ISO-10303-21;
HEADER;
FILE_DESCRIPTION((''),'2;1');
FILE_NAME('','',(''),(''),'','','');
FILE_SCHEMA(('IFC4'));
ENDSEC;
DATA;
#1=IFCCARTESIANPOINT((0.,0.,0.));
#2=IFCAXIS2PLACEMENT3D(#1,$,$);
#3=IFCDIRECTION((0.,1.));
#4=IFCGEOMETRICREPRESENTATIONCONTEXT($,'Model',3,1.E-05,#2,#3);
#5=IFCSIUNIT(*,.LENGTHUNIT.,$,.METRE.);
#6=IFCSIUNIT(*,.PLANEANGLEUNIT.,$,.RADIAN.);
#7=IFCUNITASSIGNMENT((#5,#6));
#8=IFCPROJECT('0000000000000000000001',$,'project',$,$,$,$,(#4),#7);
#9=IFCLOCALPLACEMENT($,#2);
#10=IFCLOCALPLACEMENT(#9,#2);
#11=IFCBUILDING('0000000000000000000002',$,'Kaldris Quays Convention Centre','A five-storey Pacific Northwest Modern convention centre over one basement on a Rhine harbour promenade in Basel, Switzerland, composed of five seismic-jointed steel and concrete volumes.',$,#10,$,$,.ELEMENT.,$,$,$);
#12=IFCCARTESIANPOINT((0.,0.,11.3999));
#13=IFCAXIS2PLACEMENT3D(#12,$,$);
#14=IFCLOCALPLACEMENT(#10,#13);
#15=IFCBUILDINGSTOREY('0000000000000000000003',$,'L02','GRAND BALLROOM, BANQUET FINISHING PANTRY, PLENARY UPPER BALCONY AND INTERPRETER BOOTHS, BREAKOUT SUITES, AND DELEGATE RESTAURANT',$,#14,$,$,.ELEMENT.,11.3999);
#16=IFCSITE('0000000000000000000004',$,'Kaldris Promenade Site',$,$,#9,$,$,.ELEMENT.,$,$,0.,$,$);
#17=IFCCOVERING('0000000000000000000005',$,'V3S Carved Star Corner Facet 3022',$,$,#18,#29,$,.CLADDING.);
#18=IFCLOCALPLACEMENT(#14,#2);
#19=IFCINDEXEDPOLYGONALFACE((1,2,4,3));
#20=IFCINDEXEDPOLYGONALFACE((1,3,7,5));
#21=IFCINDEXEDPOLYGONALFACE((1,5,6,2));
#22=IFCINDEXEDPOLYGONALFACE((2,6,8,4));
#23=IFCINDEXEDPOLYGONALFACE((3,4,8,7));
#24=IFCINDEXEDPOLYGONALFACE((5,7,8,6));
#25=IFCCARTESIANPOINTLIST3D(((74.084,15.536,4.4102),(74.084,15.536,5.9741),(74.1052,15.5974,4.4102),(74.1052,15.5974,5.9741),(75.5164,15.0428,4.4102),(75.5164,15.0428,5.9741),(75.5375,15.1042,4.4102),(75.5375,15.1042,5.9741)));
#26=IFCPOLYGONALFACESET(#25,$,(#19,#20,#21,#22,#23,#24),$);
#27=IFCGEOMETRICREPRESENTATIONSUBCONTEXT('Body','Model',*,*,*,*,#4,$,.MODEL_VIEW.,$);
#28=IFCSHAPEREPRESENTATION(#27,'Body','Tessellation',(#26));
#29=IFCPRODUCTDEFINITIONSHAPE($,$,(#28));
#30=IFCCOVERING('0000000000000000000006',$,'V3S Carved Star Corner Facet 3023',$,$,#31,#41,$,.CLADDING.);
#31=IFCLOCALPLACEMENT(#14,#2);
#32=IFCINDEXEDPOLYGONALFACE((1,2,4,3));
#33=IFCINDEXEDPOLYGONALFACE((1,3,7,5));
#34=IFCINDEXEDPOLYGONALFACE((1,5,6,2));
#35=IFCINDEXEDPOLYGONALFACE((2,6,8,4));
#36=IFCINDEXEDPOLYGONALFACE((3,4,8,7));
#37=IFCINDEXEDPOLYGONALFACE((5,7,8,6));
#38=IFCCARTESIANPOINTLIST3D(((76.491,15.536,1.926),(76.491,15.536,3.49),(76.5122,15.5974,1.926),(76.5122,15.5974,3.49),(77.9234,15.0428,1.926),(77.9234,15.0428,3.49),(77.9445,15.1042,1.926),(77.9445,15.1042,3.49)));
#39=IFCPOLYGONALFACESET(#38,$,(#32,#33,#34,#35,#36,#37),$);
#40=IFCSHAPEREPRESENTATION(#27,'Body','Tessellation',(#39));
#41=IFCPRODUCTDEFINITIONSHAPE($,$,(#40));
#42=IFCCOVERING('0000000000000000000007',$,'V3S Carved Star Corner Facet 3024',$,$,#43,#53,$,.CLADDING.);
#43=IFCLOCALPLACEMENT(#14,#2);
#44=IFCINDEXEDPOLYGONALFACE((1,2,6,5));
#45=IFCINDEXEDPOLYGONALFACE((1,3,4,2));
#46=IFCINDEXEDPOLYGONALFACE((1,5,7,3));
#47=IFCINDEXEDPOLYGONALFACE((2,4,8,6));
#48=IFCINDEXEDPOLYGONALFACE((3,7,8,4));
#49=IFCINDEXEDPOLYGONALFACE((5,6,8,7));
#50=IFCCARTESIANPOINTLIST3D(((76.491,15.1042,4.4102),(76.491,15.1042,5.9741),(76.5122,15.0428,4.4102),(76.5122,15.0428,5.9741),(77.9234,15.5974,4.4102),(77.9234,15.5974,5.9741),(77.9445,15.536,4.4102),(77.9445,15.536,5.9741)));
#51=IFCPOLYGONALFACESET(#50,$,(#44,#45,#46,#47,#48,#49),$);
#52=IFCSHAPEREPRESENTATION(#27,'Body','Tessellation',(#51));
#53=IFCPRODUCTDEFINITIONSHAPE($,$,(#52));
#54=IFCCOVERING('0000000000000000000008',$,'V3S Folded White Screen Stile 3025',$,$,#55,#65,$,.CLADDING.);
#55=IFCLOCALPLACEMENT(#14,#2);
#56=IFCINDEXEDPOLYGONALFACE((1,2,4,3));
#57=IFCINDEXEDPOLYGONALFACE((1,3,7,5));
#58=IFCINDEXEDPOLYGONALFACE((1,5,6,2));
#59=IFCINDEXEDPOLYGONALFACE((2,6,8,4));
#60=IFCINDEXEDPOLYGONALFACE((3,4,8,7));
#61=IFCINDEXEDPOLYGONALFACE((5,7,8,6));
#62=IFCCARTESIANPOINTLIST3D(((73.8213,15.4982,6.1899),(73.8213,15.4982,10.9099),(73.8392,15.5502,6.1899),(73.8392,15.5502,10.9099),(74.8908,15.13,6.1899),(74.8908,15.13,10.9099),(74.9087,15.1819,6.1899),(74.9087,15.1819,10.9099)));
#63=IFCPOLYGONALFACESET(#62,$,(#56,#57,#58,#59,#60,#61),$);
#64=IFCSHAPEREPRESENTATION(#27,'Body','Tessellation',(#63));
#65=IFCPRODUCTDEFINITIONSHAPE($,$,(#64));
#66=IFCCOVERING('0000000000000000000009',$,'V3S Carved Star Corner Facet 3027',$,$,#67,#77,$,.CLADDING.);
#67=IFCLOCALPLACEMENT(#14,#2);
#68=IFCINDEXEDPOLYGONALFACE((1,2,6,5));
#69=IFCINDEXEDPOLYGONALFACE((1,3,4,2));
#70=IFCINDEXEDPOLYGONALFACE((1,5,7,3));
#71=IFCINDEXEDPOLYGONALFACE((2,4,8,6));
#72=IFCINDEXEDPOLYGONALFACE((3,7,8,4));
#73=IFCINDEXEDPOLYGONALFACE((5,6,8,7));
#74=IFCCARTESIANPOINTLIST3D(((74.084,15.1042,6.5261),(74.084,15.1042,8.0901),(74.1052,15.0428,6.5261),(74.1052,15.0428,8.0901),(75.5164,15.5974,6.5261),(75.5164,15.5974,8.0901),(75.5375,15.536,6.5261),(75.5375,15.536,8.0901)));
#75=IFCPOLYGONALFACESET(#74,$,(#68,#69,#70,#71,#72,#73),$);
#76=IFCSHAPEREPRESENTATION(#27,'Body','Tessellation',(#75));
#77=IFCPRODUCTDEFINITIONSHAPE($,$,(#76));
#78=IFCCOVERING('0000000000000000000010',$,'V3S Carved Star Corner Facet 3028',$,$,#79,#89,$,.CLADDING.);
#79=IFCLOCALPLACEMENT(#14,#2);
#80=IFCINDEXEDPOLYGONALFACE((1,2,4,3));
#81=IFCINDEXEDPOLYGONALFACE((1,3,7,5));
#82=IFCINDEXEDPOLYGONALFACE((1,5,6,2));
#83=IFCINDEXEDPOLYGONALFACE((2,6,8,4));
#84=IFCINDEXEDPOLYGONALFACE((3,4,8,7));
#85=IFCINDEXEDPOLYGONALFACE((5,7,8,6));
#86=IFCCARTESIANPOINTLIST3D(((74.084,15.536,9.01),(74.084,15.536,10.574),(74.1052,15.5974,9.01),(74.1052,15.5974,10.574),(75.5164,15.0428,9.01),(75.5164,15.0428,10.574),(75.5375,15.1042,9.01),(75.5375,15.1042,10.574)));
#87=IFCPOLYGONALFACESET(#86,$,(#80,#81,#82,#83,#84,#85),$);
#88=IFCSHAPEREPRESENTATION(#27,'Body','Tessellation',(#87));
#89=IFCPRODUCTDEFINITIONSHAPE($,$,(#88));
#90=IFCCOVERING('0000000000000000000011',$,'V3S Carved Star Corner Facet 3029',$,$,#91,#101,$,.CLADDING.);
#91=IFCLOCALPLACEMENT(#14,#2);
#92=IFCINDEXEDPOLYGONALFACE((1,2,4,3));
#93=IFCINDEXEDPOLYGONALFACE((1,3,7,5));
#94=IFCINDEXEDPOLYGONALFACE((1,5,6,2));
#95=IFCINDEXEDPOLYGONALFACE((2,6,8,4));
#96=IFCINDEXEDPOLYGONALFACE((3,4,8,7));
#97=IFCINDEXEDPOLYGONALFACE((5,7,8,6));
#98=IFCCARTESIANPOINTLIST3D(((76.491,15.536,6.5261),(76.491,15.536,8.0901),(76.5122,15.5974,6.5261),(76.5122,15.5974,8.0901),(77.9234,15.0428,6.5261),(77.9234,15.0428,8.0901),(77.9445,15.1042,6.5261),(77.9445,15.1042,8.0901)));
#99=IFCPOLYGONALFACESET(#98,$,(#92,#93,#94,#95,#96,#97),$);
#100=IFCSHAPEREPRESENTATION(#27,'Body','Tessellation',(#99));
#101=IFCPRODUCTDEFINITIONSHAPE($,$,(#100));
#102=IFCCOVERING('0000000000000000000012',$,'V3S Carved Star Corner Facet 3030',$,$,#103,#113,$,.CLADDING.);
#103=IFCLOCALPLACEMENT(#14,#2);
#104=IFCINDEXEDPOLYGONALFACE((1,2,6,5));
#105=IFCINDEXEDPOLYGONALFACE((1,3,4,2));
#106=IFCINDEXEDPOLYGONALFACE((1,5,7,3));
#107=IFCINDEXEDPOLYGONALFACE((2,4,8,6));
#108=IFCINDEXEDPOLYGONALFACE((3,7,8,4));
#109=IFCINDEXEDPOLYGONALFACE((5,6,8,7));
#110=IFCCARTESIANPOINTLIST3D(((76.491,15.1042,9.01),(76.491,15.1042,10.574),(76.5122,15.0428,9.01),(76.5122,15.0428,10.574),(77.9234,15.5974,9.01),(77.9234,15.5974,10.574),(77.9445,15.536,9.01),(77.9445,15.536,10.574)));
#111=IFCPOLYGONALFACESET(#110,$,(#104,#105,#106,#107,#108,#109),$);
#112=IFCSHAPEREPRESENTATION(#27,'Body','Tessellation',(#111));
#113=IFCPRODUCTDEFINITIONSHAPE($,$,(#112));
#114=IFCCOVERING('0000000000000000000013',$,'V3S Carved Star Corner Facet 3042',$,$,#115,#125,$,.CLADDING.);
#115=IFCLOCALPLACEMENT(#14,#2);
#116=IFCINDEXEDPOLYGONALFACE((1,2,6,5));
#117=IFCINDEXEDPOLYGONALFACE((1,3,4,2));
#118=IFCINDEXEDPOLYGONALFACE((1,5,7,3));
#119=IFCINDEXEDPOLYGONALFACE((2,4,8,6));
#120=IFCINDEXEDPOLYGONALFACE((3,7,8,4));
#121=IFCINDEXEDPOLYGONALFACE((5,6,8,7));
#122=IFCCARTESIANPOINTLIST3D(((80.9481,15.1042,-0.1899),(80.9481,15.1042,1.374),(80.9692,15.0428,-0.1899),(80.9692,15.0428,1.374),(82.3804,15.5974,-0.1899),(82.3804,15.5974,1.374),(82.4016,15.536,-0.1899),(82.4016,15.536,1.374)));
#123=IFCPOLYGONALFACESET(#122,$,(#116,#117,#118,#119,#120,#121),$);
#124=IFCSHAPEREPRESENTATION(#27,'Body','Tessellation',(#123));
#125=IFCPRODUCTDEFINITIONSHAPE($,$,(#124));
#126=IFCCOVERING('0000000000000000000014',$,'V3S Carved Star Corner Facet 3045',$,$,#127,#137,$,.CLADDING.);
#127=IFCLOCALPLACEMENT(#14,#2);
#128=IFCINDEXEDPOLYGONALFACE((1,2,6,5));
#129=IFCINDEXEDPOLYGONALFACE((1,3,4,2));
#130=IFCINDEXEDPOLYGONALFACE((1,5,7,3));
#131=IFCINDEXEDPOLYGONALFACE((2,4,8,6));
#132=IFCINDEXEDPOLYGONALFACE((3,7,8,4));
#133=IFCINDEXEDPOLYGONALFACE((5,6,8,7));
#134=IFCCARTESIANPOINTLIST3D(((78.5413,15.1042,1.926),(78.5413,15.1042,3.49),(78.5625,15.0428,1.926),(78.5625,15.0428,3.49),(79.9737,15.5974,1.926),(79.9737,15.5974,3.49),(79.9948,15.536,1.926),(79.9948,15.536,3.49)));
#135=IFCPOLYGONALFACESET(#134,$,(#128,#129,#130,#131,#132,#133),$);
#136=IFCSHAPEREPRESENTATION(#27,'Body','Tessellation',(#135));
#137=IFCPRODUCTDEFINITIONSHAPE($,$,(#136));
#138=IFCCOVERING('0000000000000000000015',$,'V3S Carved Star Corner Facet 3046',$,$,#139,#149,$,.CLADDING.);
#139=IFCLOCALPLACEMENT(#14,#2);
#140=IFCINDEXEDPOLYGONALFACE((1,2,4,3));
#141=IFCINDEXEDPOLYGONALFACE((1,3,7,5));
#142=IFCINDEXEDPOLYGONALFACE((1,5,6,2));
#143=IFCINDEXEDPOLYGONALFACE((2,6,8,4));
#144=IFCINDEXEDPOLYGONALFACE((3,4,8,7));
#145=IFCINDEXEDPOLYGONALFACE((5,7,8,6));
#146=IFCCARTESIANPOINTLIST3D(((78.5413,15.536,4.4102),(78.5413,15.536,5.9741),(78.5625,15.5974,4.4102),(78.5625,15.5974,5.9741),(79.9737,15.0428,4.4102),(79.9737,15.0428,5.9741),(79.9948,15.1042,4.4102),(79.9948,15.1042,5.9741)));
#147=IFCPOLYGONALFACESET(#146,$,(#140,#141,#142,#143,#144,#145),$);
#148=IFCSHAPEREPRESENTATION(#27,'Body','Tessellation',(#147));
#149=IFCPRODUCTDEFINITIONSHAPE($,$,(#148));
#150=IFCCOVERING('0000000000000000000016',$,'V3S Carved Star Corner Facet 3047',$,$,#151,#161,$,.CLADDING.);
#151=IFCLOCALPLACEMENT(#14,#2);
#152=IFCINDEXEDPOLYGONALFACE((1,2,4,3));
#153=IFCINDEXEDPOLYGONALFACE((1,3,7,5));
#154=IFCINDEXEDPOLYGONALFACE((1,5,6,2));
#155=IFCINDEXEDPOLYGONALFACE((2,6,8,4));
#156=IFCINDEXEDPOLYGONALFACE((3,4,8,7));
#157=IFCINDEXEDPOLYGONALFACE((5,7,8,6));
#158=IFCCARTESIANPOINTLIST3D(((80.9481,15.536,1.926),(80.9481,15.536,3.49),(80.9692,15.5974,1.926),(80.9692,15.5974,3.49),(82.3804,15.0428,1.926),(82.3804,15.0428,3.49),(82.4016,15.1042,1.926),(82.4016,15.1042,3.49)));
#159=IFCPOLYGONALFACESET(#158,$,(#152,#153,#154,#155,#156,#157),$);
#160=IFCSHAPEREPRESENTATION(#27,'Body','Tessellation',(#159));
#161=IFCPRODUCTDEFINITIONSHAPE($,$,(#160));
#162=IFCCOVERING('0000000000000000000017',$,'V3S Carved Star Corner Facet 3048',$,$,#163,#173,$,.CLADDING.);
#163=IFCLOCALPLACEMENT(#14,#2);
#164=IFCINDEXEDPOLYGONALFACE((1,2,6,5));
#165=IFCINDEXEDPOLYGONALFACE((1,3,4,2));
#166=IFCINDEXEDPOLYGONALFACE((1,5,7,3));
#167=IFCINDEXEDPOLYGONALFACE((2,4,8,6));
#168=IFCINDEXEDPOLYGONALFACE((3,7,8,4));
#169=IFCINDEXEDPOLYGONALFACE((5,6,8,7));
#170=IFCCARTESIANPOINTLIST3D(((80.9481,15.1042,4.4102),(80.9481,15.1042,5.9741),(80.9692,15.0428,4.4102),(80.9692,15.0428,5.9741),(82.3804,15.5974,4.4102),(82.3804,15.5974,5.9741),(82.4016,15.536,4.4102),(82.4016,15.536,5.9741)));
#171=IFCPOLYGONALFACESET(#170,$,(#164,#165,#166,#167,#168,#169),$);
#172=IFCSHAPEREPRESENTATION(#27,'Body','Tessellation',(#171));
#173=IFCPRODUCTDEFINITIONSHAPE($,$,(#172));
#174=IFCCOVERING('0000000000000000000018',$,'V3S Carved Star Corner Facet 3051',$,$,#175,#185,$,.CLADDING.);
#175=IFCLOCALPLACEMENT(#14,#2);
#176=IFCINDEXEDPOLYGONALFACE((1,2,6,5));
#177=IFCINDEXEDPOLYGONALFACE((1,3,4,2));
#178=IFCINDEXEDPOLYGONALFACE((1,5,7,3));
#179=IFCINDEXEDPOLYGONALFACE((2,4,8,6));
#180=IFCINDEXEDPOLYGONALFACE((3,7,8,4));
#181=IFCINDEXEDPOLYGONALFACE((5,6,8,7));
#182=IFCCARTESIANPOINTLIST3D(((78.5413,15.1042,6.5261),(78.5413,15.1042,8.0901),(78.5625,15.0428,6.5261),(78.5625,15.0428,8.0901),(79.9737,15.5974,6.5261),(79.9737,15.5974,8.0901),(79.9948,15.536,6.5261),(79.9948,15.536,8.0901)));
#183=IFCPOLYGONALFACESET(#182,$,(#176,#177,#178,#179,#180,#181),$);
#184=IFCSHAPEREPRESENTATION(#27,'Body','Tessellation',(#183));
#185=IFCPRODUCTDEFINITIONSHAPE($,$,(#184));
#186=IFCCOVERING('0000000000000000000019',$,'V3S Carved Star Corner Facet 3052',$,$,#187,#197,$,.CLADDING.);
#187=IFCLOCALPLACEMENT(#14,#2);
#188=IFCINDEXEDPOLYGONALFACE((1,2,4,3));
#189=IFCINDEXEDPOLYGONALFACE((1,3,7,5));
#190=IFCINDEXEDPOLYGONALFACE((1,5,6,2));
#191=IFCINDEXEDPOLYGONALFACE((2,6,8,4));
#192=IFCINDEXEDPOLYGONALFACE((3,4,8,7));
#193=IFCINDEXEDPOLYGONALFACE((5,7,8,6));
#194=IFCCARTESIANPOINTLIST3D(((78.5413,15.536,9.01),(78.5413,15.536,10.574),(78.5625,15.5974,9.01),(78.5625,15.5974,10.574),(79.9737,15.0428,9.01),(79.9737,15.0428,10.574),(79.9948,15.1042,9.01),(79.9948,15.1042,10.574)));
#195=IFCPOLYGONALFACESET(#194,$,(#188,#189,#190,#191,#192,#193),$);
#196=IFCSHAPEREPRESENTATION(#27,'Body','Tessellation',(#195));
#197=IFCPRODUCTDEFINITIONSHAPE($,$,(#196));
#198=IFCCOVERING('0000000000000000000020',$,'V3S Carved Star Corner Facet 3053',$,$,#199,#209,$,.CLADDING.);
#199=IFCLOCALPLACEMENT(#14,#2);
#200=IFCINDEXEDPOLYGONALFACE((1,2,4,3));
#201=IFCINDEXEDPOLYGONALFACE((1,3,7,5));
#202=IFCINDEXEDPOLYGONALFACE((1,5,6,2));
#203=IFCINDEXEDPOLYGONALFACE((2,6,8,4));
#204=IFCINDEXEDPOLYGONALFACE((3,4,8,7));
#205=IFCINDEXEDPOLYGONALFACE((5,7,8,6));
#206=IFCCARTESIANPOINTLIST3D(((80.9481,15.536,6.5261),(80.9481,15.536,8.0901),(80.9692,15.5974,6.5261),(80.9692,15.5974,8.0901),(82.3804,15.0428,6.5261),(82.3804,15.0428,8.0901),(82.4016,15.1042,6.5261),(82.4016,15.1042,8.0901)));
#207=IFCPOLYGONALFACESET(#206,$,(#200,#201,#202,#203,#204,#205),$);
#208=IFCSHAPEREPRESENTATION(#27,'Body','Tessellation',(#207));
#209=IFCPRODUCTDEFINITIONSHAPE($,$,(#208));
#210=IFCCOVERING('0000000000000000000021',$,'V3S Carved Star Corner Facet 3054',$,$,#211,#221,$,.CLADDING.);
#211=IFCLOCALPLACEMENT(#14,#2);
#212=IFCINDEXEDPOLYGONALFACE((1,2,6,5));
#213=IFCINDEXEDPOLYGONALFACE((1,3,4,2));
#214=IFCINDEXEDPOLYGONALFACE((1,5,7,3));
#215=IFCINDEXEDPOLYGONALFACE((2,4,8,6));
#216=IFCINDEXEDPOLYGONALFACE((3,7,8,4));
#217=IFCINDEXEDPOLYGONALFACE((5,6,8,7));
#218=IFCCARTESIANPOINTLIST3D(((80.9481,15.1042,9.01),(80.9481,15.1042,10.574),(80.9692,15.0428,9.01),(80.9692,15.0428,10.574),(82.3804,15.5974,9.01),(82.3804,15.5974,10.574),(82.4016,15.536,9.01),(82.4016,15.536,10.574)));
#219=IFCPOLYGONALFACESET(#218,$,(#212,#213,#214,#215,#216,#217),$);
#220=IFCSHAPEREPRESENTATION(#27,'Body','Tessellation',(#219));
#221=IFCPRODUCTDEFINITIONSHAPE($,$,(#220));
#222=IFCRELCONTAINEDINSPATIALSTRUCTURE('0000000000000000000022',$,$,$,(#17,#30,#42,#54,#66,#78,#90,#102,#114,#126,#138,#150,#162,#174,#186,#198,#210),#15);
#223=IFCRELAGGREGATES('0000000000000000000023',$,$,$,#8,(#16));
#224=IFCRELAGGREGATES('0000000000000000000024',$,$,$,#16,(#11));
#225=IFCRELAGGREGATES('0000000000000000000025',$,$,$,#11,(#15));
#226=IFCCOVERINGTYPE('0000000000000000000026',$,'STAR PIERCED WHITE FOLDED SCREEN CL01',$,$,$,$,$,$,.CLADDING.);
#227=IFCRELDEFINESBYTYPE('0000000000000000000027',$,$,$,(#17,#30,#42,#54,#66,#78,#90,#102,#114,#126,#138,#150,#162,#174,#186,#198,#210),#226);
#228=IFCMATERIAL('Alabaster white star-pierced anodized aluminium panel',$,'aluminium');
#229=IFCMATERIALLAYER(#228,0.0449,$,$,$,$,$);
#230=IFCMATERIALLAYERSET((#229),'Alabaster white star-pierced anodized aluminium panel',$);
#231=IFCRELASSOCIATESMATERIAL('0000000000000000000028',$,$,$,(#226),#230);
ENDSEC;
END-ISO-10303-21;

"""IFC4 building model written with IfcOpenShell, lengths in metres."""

from ifc_helpers import new_model, si_unit, direction, frame, origin, origin_2d, place, context, subcontext, project, spatial, rectangle, extrude, material, layer, layer_set, type_object, element, save


model = new_model("IFC4")

# Units and contexts
model_context = context("Model", 3, precision=1e-05, world=origin(), true_north=direction((0.0, 1.0)))
body_context = subcontext(model_context, "Body", "Model", "MODEL_VIEW")
ifc_project = project(units=[si_unit("LENGTHUNIT", "METRE"), si_unit("PLANEANGLEUNIT", "RADIAN")], contexts=[model_context])

# Site, building, storey
site_placement = place(None, origin())
site = spatial("IfcSite", under=ifc_project, at=site_placement, Name="Kaldris Promenade Site", CompositionType="ELEMENT", RefElevation=0.0)
building_placement = place(site_placement, origin())
building = spatial("IfcBuilding", under=site, at=building_placement, Name="Kaldris Quays Convention Centre", Description="A five-storey Pacific Northwest Modern convention centre over one basement on a Rhine harbour promenade in Basel, Switzerland, composed of five seismic-jointed steel and concrete volumes.", CompositionType="ELEMENT")
storey_placement = place(building_placement, frame((0.0, 0.0, 11.3999)))
storey = spatial("IfcBuildingStorey", under=building, at=storey_placement, Name="L02", Description="GRAND BALLROOM, BANQUET FINISHING PANTRY, PLENARY UPPER BALCONY AND INTERPRETER BOOTHS, BREAKOUT SUITES, AND DELEGATE RESTAURANT", CompositionType="ELEMENT", Elevation=11.3999)

# Coverings
ifc_material = material(Name="Alabaster white star-pierced anodized aluminium panel", Category="aluminium")
ifc_layer = layer(ifc_material, 0.0449)
ifc_layer_set = layer_set([ifc_layer], Name="Alabaster white star-pierced anodized aluminium panel")
covering_type = type_object("IfcCoveringType", Name="STAR PIERCED WHITE FOLDED SCREEN CL01", PredefinedType="CLADDING", material=ifc_layer_set)
for number, where, z_axis, x_axis, name in (
    (1, (74.8108, 15.3201, 4.4102), (0.0, 0.0, 1.0), (0.945519, -0.325568, 0.0), "V3S Carved Star Corner Facet 3022"),
    (2, (77.2178, 15.3201, 1.926), (0.0, 0.0, 1.0), (0.945519, -0.325568, 0.0), "V3S Carved Star Corner Facet 3023"),
    (3, (77.2178, 15.3201, 4.4102), (0.0, 0.0, 1.0), (0.945519, 0.325568, 0.0), "V3S Carved Star Corner Facet 3024"),
):
    element("IfcCovering", number, at=place(storey_placement, frame(where, z_axis=z_axis, x_axis=x_axis)), inside=storey, type_object=covering_type, Name=name, PredefinedType="CLADDING", context=body_context, shape_type="SweptSolid", body=[
        extrude(rectangle(XDim=1.5149, YDim=0.0649, at=origin_2d()), origin(), (0.0, 0.0, 1.0), 1.564),
    ])
covering_1_placement = place(storey_placement, frame((74.365, 15.3401, 6.1899), z_axis=(0.0, 0.0, 1.0), x_axis=(0.945519, -0.325568, 0.0)))
element("IfcCovering", 4, at=covering_1_placement, inside=storey, type_object=covering_type, Name="V3S Folded White Screen Stile 3025", PredefinedType="CLADDING", context=body_context, shape_type="SweptSolid", body=[
    extrude(rectangle(XDim=1.1311, YDim=0.0549, at=origin_2d()), origin(), (0.0, 0.0, 1.0), 4.72),
])
for number, where, z_axis, x_axis, name in (
    (5, (74.8108, 15.3201, 6.5261), (0.0, 0.0, 1.0), (0.945519, 0.325568, 0.0), "V3S Carved Star Corner Facet 3027"),
    (6, (74.8108, 15.3201, 9.01), (0.0, 0.0, 1.0), (0.945519, -0.325568, 0.0), "V3S Carved Star Corner Facet 3028"),
    (7, (77.2178, 15.3201, 6.5261), (0.0, 0.0, 1.0), (0.945519, -0.325568, 0.0), "V3S Carved Star Corner Facet 3029"),
    (8, (77.2178, 15.3201, 9.01), (0.0, 0.0, 1.0), (0.945519, 0.325568, 0.0), "V3S Carved Star Corner Facet 3030"),
    (9, (81.6748, 15.3201, -0.1899), (0.0, 0.0, 1.0), (0.945519, 0.325568, 0.0), "V3S Carved Star Corner Facet 3042"),
    (10, (79.2681, 15.3201, 1.926), (0.0, 0.0, 1.0), (0.945519, 0.325568, 0.0), "V3S Carved Star Corner Facet 3045"),
    (11, (79.2681, 15.3201, 4.4102), (0.0, 0.0, 1.0), (0.945519, -0.325568, 0.0), "V3S Carved Star Corner Facet 3046"),
    (12, (81.6748, 15.3201, 1.926), (0.0, 0.0, 1.0), (0.945519, -0.325568, 0.0), "V3S Carved Star Corner Facet 3047"),
    (13, (81.6748, 15.3201, 4.4102), (0.0, 0.0, 1.0), (0.945519, 0.325568, 0.0), "V3S Carved Star Corner Facet 3048"),
    (14, (79.2681, 15.3201, 6.5261), (0.0, 0.0, 1.0), (0.945519, 0.325568, 0.0), "V3S Carved Star Corner Facet 3051"),
    (15, (79.2681, 15.3201, 9.01), (0.0, 0.0, 1.0), (0.945519, -0.325568, 0.0), "V3S Carved Star Corner Facet 3052"),
    (16, (81.6748, 15.3201, 6.5261), (0.0, 0.0, 1.0), (0.945519, -0.325568, 0.0), "V3S Carved Star Corner Facet 3053"),
    (17, (81.6748, 15.3201, 9.01), (0.0, 0.0, 1.0), (0.945519, 0.325568, 0.0), "V3S Carved Star Corner Facet 3054"),
):
    element("IfcCovering", number, at=place(storey_placement, frame(where, z_axis=z_axis, x_axis=x_axis)), inside=storey, type_object=covering_type, Name=name, PredefinedType="CLADDING", context=body_context, shape_type="SweptSolid", body=[
        extrude(rectangle(XDim=1.5149, YDim=0.0649, at=origin_2d()), origin(), (0.0, 0.0, 1.0), 1.564),
    ])

save(model, "model.ifc")
